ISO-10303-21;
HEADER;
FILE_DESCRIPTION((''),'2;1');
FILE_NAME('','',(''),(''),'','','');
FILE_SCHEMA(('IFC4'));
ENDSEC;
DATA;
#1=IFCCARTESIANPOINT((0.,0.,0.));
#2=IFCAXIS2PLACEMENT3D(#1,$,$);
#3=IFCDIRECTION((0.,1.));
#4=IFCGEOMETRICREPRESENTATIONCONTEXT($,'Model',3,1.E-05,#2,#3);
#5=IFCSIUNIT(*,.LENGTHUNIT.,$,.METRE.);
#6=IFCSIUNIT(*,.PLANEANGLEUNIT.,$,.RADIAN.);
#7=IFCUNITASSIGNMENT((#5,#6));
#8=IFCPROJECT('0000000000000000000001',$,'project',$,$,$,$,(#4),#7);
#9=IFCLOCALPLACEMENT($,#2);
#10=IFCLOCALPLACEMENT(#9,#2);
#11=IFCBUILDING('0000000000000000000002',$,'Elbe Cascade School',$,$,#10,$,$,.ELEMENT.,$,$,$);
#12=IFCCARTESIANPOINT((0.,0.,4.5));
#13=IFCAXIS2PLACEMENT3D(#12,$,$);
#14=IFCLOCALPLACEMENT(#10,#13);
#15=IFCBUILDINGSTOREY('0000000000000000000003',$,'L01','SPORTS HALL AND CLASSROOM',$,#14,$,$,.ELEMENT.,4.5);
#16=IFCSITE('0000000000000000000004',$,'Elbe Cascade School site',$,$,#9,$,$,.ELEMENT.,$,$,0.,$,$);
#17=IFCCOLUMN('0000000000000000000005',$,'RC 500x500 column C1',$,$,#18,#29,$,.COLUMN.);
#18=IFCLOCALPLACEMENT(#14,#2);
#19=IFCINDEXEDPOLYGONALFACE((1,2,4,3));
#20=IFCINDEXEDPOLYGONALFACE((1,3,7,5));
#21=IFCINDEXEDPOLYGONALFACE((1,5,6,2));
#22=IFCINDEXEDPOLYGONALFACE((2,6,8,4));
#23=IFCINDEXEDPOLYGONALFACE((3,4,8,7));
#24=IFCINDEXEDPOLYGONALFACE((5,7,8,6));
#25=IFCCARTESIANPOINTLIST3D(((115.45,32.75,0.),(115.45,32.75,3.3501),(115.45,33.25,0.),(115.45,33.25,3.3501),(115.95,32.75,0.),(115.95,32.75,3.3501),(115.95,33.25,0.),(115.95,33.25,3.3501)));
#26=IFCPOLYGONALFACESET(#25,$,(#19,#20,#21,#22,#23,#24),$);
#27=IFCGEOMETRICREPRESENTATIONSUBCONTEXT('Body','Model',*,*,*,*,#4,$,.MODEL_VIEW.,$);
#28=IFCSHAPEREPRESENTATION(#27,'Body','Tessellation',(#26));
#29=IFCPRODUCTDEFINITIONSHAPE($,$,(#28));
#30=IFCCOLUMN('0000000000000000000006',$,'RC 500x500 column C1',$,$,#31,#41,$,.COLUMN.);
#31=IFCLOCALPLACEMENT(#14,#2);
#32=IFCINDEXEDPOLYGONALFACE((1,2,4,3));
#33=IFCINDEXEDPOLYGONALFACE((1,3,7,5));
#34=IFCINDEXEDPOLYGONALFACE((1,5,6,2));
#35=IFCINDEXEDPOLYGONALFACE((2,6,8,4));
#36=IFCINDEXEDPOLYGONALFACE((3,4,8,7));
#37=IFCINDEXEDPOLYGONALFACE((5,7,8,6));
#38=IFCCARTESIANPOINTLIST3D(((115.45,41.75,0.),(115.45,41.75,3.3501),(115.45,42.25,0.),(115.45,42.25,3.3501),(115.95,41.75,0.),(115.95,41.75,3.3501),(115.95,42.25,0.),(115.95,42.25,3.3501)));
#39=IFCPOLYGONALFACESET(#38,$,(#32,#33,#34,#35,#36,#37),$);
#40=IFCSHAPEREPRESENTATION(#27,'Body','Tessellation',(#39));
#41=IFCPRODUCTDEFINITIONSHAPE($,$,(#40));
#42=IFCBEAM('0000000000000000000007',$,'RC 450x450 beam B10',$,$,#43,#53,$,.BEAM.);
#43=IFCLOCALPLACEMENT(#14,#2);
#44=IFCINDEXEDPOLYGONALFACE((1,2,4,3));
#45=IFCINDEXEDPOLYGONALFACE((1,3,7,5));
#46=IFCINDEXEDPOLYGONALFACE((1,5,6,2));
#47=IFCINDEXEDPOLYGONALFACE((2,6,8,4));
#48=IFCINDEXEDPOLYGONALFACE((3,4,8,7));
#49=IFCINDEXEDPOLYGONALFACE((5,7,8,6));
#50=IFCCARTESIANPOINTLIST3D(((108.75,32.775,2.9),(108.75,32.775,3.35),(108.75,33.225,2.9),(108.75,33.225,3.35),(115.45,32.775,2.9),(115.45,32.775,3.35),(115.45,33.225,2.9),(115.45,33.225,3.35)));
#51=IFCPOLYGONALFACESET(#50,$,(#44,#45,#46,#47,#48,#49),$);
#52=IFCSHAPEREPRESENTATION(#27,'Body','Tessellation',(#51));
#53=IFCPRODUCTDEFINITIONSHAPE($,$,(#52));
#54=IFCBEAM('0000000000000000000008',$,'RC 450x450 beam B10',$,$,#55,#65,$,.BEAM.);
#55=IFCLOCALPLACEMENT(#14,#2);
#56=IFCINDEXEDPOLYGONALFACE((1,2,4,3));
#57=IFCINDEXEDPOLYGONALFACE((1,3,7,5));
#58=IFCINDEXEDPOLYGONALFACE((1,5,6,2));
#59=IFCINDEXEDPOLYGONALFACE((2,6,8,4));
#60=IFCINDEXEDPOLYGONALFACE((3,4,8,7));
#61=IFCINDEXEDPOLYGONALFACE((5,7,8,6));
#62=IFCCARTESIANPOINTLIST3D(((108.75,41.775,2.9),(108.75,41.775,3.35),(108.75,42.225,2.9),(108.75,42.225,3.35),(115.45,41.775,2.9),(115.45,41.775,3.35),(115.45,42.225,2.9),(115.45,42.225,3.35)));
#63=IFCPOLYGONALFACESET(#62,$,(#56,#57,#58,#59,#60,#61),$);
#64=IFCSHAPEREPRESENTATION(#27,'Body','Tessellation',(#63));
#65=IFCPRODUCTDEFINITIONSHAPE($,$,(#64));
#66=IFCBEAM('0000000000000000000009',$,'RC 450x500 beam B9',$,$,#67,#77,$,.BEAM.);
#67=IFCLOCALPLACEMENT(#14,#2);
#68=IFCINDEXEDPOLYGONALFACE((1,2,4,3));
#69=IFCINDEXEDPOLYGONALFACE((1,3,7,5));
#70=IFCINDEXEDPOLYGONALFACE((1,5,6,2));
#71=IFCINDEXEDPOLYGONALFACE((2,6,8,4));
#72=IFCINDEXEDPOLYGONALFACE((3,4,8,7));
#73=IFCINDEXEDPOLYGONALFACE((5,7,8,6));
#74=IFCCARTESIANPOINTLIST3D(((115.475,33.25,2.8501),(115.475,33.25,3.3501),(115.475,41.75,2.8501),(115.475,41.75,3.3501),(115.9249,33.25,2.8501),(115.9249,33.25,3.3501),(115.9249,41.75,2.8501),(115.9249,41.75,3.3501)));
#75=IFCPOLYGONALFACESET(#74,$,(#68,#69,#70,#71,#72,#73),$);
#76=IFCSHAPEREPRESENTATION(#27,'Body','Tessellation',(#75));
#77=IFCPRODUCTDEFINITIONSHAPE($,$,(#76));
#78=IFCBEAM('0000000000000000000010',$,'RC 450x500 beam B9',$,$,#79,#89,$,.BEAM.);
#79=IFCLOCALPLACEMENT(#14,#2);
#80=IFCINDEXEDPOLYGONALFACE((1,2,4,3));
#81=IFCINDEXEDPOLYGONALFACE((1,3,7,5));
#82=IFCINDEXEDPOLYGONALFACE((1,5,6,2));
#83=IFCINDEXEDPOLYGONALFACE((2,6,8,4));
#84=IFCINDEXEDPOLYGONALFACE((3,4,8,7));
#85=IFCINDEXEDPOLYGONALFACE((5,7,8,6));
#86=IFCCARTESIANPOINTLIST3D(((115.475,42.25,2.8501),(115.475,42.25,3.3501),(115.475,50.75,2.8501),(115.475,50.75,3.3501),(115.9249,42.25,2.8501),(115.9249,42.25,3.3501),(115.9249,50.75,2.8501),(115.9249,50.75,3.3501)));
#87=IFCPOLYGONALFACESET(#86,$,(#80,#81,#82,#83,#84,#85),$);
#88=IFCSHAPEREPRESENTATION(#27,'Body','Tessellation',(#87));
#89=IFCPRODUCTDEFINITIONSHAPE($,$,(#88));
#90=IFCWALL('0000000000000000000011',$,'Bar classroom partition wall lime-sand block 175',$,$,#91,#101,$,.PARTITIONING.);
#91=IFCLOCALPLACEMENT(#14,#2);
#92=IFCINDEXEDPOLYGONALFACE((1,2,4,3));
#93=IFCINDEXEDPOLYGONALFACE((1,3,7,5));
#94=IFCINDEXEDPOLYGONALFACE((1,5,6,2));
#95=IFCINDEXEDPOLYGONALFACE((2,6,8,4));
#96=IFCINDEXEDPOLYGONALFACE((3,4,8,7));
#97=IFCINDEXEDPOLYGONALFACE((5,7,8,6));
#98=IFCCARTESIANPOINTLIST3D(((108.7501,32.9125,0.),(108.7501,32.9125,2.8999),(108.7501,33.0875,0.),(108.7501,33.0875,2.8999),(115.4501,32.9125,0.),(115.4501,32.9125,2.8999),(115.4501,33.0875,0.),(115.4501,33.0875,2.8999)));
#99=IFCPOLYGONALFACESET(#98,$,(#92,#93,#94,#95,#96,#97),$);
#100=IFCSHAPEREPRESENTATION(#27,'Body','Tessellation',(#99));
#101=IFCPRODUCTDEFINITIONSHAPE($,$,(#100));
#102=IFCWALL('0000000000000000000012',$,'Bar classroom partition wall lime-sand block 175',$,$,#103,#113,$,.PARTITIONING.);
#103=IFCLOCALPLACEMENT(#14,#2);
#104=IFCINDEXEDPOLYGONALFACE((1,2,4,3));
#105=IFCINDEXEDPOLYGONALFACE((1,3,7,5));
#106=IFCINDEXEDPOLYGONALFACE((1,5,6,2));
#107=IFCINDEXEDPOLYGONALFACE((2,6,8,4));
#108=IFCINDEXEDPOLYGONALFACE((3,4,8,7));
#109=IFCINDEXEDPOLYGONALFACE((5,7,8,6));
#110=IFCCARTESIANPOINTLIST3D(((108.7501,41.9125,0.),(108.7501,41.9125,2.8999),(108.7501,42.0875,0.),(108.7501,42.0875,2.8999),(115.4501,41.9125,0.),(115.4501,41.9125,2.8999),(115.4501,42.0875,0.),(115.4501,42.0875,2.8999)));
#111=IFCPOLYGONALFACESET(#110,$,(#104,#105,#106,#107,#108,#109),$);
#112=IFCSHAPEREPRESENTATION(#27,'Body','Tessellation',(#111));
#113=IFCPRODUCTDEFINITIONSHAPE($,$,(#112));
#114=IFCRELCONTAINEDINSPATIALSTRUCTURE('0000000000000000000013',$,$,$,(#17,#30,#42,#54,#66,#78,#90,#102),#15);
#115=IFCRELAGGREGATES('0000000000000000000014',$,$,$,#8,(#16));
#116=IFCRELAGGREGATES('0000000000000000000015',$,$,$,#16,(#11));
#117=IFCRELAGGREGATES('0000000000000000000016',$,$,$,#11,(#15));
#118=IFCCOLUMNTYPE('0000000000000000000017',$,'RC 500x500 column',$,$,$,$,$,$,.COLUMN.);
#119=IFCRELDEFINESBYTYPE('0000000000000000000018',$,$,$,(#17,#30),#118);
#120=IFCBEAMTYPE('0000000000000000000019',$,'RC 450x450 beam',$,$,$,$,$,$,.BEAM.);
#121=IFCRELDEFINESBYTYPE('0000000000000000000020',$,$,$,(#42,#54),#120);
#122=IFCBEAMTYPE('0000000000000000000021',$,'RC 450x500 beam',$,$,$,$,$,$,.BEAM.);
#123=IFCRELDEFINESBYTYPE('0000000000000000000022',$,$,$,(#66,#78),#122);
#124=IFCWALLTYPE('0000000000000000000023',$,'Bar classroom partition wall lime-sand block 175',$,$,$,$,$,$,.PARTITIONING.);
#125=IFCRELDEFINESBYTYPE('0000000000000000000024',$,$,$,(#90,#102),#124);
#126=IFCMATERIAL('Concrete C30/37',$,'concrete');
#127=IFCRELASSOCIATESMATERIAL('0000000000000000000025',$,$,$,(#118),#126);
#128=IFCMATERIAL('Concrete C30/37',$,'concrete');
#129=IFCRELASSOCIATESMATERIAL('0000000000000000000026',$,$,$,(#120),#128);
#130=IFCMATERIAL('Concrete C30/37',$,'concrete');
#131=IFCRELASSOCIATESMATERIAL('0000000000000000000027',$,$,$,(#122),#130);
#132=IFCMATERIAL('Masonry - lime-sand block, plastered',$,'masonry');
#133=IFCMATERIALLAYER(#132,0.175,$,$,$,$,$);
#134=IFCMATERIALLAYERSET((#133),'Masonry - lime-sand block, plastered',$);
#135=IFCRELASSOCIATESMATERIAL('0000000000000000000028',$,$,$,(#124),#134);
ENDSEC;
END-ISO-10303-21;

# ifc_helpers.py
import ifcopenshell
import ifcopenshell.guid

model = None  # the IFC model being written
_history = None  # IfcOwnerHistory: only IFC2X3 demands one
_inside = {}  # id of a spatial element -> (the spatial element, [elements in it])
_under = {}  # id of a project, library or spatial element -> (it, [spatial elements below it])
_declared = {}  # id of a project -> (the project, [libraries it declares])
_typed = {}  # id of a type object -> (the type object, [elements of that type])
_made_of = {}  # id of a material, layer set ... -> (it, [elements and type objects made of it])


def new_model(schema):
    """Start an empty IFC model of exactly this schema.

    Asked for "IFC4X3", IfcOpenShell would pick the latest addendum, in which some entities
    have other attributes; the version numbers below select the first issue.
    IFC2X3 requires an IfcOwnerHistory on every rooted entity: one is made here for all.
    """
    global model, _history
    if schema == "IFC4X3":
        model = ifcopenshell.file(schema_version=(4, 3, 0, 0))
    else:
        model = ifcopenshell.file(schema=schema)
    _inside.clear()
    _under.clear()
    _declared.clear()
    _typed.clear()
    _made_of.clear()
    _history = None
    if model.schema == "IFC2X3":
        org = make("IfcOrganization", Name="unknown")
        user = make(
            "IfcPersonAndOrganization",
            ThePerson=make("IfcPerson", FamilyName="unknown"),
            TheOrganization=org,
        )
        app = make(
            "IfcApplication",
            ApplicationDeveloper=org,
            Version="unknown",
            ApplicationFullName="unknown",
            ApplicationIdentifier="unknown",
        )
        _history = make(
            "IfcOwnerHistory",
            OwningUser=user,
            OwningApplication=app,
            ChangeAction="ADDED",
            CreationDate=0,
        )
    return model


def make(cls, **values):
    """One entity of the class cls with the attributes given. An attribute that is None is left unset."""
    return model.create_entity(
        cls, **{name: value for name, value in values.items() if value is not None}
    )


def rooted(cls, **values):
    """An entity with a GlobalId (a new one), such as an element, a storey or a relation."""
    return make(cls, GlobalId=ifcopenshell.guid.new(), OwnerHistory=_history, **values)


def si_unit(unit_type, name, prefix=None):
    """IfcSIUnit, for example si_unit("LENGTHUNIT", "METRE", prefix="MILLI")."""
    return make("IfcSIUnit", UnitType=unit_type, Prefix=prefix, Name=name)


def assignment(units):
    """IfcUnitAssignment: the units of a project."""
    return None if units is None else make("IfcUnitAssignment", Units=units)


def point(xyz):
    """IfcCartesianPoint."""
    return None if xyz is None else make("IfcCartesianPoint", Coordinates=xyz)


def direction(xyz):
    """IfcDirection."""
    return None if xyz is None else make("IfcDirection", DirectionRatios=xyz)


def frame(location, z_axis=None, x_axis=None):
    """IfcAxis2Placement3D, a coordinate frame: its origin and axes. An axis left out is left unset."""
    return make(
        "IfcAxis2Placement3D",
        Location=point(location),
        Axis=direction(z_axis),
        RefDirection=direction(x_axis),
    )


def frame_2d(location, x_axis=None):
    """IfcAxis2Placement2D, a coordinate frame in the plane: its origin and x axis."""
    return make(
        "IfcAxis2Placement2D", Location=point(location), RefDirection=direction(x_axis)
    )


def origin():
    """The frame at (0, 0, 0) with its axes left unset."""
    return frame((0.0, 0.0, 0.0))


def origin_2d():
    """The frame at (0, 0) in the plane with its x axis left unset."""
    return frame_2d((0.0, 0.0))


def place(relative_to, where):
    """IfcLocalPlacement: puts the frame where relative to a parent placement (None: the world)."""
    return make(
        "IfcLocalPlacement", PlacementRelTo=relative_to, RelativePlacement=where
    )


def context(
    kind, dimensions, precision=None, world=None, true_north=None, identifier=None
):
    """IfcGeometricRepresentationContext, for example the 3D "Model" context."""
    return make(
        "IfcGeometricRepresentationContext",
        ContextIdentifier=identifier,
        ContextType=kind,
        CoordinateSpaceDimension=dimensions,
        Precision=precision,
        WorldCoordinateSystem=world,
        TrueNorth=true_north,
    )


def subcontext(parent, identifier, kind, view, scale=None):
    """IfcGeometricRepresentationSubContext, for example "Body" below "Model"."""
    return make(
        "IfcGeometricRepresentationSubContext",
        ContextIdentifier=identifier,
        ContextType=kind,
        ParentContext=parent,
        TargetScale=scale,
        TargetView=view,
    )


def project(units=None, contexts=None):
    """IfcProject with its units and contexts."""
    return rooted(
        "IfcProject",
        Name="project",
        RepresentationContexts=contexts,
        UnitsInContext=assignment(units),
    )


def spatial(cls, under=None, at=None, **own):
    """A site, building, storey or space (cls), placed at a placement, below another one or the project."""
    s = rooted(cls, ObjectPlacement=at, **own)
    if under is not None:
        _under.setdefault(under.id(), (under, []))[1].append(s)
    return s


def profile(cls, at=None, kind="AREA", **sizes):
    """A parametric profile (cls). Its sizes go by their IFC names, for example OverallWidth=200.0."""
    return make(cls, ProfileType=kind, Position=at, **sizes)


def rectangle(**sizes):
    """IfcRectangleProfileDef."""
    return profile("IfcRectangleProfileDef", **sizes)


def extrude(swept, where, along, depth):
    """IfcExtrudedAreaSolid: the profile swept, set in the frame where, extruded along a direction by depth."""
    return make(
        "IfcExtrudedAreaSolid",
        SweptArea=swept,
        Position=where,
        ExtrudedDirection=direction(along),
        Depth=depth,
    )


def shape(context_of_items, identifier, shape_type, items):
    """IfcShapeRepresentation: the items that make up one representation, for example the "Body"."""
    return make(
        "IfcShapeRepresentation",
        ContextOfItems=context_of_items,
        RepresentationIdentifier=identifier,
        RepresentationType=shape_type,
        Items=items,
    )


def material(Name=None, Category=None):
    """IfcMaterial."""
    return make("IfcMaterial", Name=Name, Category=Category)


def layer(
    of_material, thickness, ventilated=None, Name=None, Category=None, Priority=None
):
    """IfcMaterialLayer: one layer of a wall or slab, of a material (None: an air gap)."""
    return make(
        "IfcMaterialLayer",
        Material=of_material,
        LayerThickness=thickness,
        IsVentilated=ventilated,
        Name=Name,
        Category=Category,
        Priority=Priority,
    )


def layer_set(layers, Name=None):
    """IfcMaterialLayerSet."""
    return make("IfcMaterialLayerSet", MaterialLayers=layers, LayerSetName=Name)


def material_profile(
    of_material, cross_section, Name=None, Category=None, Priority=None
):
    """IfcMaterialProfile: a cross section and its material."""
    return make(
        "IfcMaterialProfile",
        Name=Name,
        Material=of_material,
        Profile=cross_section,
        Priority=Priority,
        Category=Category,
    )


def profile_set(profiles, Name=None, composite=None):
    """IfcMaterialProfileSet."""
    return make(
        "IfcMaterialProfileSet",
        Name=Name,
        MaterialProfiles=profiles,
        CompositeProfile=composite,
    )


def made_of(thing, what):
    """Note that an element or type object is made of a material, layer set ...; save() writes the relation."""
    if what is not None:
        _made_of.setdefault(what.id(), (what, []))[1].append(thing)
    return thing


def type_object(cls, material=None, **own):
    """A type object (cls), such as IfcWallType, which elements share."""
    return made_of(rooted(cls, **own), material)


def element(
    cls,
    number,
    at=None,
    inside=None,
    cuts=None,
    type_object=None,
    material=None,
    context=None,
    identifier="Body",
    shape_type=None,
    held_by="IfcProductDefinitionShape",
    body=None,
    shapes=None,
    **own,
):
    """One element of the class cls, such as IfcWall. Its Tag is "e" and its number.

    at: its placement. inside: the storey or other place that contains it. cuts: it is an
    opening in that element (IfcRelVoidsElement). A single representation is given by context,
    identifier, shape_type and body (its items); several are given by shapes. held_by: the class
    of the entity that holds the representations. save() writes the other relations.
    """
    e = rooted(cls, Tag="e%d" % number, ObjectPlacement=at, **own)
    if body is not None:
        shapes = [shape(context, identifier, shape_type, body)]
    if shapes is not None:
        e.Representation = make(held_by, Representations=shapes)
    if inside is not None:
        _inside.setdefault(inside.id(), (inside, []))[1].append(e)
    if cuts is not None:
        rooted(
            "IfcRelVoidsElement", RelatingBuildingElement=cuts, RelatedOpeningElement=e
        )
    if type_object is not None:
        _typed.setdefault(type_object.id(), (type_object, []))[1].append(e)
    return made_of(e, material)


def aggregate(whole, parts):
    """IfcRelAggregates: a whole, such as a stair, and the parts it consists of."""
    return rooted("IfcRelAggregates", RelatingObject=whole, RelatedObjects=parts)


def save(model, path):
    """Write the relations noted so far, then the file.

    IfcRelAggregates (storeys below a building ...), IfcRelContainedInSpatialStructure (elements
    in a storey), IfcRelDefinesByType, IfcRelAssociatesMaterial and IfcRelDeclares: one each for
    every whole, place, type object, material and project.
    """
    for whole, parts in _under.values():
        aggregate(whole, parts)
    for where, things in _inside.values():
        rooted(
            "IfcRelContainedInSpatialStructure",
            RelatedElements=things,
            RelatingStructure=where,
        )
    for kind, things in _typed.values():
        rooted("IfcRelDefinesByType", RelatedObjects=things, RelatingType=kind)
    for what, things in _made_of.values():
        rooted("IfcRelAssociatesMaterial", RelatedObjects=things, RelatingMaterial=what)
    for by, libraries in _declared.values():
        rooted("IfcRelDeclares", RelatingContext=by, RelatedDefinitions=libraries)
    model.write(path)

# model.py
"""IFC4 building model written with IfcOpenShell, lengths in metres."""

from ifc_helpers import new_model, si_unit, direction, frame, frame_2d, origin, origin_2d, place, context, subcontext, project, spatial, rectangle, extrude, material, layer, layer_set, material_profile, profile_set, type_object, element, save


model = new_model("IFC4")

# Units and contexts
model_context = context("Model", 3, precision=1e-05, world=origin(), true_north=direction((0.0, 1.0)))
body_context = subcontext(model_context, "Body", "Model", "MODEL_VIEW")
ifc_project = project(units=[si_unit("LENGTHUNIT", "METRE"), si_unit("PLANEANGLEUNIT", "RADIAN")], contexts=[model_context])

# Site, building, storey
site_placement = place(None, origin())
site = spatial("IfcSite", under=ifc_project, at=site_placement, Name="Elbe Cascade School site", CompositionType="ELEMENT", RefElevation=0.0)
building_placement = place(site_placement, origin())
building = spatial("IfcBuilding", under=site, at=building_placement, Name="Elbe Cascade School", CompositionType="ELEMENT")
storey_placement = place(building_placement, frame((0.0, 0.0, 4.5)))
storey = spatial("IfcBuildingStorey", under=building, at=storey_placement, Name="L01", Description="SPORTS HALL AND CLASSROOM", CompositionType="ELEMENT", Elevation=4.5)

# Columns
ifc_material_1 = material(Name="Concrete C30/37", Category="concrete")
ifc_material_profile_1 = material_profile(ifc_material_1, rectangle(XDim=0.5, YDim=0.5, at=origin_2d()), Name="RC 500x500")
ifc_profile_set_1 = profile_set([ifc_material_profile_1], Name="Concrete C30/37")
column_type = type_object("IfcColumnType", Name="RC 500x500 column", PredefinedType="COLUMN", material=ifc_profile_set_1)
for number, where, z_axis, x_axis, name in (
    (1, (115.7, 33.0, 0.0), (0.0, 0.0, 1.0), (1.0, 0.0, 0.0), "RC 500x500 column C1"),
    (2, (115.7, 42.0, 0.0), (0.0, 0.0, 1.0), (1.0, 0.0, 0.0), "RC 500x500 column C1"),
):
    element("IfcColumn", number, at=place(storey_placement, frame(where, z_axis=z_axis, x_axis=x_axis)), inside=storey, type_object=column_type, Name=name, PredefinedType="COLUMN", context=body_context, shape_type="SweptSolid", body=[
        extrude(rectangle(XDim=0.5, YDim=0.5, at=origin_2d()), origin(), (0.0, 0.0, 1.0), 3.3501),
    ])

# Beams
ifc_material_2 = material(Name="Concrete C30/37", Category="concrete")
ifc_material_profile_2 = material_profile(ifc_material_2, rectangle(XDim=0.45, YDim=0.45, at=origin_2d()), Name="RC 450x450")
ifc_profile_set_2 = profile_set([ifc_material_profile_2], Name="Concrete C30/37")
beam_type_1 = type_object("IfcBeamType", Name="RC 450x450 beam", PredefinedType="BEAM", material=ifc_profile_set_2)
for number, where, z_axis, x_axis, name in (
    (3, (108.75, 33.0, 3.125), (1.0, 0.0, 0.0), (0.0, 1.0, 0.0), "RC 450x450 beam B10"),
    (4, (108.75, 42.0, 3.125), (1.0, 0.0, 0.0), (0.0, 1.0, 0.0), "RC 450x450 beam B10"),
):
    element("IfcBeam", number, at=place(storey_placement, frame(where, z_axis=z_axis, x_axis=x_axis)), inside=storey, type_object=beam_type_1, Name=name, PredefinedType="BEAM", context=body_context, shape_type="SweptSolid", body=[
        extrude(rectangle(XDim=0.45, YDim=0.45, at=origin_2d()), origin(), (0.0, 0.0, 1.0), 6.7),
    ])
ifc_material_3 = material(Name="Concrete C30/37", Category="concrete")
ifc_material_profile_3 = material_profile(ifc_material_3, rectangle(XDim=0.45, YDim=0.5, at=origin_2d()), Name="RC 450x500")
ifc_profile_set_3 = profile_set([ifc_material_profile_3], Name="Concrete C30/37")
beam_type_2 = type_object("IfcBeamType", Name="RC 450x500 beam", PredefinedType="BEAM", material=ifc_profile_set_3)
for number, where, z_axis, x_axis, name in (
    (5, (115.7, 33.25, 3.1001), (0.0, 1.0, 0.0), (-1.0, 0.0, 0.0), "RC 450x500 beam B9"),
    (6, (115.7, 42.25, 3.1001), (0.0, 1.0, 0.0), (-1.0, 0.0, 0.0), "RC 450x500 beam B9"),
):
    element("IfcBeam", number, at=place(storey_placement, frame(where, z_axis=z_axis, x_axis=x_axis)), inside=storey, type_object=beam_type_2, Name=name, PredefinedType="BEAM", context=body_context, shape_type="SweptSolid", body=[
        extrude(rectangle(XDim=0.45, YDim=0.5, at=origin_2d()), origin(), (0.0, 0.0, 1.0), 8.5),
    ])

# Walls
ifc_material_4 = material(Name="Masonry - lime-sand block, plastered", Category="masonry")
ifc_layer_1 = layer(ifc_material_4, 0.175)
ifc_layer_set_1 = layer_set([ifc_layer_1], Name="Masonry - lime-sand block, plastered")
wall_type_1 = type_object("IfcWallType", Name="Bar classroom partition wall lime-sand block 175", PredefinedType="PARTITIONING", material=ifc_layer_set_1)
for number, where, z_axis, x_axis, name in (
    (7, (108.75, 33.0, 0.0), (0.0, 0.0, 1.0), (1.0, 0.0, 0.0), "Bar classroom partition wall lime-sand block 175"),
    (8, (108.75, 42.0, 0.0), (0.0, 0.0, 1.0), (1.0, 0.0, 0.0), "Bar classroom partition wall lime-sand block 175"),
):
    element("IfcWall", number, at=place(storey_placement, frame(where, z_axis=z_axis, x_axis=x_axis)), inside=storey, type_object=wall_type_1, Name=name, PredefinedType="PARTITIONING", context=body_context, shape_type="SweptSolid", body=[
        extrude(rectangle(XDim=6.7, YDim=0.175, at=frame_2d((3.3501, 0.0))), origin(), (0.0, 0.0, 1.0), 2.8999),
    ])

save(model, "model.ifc")
